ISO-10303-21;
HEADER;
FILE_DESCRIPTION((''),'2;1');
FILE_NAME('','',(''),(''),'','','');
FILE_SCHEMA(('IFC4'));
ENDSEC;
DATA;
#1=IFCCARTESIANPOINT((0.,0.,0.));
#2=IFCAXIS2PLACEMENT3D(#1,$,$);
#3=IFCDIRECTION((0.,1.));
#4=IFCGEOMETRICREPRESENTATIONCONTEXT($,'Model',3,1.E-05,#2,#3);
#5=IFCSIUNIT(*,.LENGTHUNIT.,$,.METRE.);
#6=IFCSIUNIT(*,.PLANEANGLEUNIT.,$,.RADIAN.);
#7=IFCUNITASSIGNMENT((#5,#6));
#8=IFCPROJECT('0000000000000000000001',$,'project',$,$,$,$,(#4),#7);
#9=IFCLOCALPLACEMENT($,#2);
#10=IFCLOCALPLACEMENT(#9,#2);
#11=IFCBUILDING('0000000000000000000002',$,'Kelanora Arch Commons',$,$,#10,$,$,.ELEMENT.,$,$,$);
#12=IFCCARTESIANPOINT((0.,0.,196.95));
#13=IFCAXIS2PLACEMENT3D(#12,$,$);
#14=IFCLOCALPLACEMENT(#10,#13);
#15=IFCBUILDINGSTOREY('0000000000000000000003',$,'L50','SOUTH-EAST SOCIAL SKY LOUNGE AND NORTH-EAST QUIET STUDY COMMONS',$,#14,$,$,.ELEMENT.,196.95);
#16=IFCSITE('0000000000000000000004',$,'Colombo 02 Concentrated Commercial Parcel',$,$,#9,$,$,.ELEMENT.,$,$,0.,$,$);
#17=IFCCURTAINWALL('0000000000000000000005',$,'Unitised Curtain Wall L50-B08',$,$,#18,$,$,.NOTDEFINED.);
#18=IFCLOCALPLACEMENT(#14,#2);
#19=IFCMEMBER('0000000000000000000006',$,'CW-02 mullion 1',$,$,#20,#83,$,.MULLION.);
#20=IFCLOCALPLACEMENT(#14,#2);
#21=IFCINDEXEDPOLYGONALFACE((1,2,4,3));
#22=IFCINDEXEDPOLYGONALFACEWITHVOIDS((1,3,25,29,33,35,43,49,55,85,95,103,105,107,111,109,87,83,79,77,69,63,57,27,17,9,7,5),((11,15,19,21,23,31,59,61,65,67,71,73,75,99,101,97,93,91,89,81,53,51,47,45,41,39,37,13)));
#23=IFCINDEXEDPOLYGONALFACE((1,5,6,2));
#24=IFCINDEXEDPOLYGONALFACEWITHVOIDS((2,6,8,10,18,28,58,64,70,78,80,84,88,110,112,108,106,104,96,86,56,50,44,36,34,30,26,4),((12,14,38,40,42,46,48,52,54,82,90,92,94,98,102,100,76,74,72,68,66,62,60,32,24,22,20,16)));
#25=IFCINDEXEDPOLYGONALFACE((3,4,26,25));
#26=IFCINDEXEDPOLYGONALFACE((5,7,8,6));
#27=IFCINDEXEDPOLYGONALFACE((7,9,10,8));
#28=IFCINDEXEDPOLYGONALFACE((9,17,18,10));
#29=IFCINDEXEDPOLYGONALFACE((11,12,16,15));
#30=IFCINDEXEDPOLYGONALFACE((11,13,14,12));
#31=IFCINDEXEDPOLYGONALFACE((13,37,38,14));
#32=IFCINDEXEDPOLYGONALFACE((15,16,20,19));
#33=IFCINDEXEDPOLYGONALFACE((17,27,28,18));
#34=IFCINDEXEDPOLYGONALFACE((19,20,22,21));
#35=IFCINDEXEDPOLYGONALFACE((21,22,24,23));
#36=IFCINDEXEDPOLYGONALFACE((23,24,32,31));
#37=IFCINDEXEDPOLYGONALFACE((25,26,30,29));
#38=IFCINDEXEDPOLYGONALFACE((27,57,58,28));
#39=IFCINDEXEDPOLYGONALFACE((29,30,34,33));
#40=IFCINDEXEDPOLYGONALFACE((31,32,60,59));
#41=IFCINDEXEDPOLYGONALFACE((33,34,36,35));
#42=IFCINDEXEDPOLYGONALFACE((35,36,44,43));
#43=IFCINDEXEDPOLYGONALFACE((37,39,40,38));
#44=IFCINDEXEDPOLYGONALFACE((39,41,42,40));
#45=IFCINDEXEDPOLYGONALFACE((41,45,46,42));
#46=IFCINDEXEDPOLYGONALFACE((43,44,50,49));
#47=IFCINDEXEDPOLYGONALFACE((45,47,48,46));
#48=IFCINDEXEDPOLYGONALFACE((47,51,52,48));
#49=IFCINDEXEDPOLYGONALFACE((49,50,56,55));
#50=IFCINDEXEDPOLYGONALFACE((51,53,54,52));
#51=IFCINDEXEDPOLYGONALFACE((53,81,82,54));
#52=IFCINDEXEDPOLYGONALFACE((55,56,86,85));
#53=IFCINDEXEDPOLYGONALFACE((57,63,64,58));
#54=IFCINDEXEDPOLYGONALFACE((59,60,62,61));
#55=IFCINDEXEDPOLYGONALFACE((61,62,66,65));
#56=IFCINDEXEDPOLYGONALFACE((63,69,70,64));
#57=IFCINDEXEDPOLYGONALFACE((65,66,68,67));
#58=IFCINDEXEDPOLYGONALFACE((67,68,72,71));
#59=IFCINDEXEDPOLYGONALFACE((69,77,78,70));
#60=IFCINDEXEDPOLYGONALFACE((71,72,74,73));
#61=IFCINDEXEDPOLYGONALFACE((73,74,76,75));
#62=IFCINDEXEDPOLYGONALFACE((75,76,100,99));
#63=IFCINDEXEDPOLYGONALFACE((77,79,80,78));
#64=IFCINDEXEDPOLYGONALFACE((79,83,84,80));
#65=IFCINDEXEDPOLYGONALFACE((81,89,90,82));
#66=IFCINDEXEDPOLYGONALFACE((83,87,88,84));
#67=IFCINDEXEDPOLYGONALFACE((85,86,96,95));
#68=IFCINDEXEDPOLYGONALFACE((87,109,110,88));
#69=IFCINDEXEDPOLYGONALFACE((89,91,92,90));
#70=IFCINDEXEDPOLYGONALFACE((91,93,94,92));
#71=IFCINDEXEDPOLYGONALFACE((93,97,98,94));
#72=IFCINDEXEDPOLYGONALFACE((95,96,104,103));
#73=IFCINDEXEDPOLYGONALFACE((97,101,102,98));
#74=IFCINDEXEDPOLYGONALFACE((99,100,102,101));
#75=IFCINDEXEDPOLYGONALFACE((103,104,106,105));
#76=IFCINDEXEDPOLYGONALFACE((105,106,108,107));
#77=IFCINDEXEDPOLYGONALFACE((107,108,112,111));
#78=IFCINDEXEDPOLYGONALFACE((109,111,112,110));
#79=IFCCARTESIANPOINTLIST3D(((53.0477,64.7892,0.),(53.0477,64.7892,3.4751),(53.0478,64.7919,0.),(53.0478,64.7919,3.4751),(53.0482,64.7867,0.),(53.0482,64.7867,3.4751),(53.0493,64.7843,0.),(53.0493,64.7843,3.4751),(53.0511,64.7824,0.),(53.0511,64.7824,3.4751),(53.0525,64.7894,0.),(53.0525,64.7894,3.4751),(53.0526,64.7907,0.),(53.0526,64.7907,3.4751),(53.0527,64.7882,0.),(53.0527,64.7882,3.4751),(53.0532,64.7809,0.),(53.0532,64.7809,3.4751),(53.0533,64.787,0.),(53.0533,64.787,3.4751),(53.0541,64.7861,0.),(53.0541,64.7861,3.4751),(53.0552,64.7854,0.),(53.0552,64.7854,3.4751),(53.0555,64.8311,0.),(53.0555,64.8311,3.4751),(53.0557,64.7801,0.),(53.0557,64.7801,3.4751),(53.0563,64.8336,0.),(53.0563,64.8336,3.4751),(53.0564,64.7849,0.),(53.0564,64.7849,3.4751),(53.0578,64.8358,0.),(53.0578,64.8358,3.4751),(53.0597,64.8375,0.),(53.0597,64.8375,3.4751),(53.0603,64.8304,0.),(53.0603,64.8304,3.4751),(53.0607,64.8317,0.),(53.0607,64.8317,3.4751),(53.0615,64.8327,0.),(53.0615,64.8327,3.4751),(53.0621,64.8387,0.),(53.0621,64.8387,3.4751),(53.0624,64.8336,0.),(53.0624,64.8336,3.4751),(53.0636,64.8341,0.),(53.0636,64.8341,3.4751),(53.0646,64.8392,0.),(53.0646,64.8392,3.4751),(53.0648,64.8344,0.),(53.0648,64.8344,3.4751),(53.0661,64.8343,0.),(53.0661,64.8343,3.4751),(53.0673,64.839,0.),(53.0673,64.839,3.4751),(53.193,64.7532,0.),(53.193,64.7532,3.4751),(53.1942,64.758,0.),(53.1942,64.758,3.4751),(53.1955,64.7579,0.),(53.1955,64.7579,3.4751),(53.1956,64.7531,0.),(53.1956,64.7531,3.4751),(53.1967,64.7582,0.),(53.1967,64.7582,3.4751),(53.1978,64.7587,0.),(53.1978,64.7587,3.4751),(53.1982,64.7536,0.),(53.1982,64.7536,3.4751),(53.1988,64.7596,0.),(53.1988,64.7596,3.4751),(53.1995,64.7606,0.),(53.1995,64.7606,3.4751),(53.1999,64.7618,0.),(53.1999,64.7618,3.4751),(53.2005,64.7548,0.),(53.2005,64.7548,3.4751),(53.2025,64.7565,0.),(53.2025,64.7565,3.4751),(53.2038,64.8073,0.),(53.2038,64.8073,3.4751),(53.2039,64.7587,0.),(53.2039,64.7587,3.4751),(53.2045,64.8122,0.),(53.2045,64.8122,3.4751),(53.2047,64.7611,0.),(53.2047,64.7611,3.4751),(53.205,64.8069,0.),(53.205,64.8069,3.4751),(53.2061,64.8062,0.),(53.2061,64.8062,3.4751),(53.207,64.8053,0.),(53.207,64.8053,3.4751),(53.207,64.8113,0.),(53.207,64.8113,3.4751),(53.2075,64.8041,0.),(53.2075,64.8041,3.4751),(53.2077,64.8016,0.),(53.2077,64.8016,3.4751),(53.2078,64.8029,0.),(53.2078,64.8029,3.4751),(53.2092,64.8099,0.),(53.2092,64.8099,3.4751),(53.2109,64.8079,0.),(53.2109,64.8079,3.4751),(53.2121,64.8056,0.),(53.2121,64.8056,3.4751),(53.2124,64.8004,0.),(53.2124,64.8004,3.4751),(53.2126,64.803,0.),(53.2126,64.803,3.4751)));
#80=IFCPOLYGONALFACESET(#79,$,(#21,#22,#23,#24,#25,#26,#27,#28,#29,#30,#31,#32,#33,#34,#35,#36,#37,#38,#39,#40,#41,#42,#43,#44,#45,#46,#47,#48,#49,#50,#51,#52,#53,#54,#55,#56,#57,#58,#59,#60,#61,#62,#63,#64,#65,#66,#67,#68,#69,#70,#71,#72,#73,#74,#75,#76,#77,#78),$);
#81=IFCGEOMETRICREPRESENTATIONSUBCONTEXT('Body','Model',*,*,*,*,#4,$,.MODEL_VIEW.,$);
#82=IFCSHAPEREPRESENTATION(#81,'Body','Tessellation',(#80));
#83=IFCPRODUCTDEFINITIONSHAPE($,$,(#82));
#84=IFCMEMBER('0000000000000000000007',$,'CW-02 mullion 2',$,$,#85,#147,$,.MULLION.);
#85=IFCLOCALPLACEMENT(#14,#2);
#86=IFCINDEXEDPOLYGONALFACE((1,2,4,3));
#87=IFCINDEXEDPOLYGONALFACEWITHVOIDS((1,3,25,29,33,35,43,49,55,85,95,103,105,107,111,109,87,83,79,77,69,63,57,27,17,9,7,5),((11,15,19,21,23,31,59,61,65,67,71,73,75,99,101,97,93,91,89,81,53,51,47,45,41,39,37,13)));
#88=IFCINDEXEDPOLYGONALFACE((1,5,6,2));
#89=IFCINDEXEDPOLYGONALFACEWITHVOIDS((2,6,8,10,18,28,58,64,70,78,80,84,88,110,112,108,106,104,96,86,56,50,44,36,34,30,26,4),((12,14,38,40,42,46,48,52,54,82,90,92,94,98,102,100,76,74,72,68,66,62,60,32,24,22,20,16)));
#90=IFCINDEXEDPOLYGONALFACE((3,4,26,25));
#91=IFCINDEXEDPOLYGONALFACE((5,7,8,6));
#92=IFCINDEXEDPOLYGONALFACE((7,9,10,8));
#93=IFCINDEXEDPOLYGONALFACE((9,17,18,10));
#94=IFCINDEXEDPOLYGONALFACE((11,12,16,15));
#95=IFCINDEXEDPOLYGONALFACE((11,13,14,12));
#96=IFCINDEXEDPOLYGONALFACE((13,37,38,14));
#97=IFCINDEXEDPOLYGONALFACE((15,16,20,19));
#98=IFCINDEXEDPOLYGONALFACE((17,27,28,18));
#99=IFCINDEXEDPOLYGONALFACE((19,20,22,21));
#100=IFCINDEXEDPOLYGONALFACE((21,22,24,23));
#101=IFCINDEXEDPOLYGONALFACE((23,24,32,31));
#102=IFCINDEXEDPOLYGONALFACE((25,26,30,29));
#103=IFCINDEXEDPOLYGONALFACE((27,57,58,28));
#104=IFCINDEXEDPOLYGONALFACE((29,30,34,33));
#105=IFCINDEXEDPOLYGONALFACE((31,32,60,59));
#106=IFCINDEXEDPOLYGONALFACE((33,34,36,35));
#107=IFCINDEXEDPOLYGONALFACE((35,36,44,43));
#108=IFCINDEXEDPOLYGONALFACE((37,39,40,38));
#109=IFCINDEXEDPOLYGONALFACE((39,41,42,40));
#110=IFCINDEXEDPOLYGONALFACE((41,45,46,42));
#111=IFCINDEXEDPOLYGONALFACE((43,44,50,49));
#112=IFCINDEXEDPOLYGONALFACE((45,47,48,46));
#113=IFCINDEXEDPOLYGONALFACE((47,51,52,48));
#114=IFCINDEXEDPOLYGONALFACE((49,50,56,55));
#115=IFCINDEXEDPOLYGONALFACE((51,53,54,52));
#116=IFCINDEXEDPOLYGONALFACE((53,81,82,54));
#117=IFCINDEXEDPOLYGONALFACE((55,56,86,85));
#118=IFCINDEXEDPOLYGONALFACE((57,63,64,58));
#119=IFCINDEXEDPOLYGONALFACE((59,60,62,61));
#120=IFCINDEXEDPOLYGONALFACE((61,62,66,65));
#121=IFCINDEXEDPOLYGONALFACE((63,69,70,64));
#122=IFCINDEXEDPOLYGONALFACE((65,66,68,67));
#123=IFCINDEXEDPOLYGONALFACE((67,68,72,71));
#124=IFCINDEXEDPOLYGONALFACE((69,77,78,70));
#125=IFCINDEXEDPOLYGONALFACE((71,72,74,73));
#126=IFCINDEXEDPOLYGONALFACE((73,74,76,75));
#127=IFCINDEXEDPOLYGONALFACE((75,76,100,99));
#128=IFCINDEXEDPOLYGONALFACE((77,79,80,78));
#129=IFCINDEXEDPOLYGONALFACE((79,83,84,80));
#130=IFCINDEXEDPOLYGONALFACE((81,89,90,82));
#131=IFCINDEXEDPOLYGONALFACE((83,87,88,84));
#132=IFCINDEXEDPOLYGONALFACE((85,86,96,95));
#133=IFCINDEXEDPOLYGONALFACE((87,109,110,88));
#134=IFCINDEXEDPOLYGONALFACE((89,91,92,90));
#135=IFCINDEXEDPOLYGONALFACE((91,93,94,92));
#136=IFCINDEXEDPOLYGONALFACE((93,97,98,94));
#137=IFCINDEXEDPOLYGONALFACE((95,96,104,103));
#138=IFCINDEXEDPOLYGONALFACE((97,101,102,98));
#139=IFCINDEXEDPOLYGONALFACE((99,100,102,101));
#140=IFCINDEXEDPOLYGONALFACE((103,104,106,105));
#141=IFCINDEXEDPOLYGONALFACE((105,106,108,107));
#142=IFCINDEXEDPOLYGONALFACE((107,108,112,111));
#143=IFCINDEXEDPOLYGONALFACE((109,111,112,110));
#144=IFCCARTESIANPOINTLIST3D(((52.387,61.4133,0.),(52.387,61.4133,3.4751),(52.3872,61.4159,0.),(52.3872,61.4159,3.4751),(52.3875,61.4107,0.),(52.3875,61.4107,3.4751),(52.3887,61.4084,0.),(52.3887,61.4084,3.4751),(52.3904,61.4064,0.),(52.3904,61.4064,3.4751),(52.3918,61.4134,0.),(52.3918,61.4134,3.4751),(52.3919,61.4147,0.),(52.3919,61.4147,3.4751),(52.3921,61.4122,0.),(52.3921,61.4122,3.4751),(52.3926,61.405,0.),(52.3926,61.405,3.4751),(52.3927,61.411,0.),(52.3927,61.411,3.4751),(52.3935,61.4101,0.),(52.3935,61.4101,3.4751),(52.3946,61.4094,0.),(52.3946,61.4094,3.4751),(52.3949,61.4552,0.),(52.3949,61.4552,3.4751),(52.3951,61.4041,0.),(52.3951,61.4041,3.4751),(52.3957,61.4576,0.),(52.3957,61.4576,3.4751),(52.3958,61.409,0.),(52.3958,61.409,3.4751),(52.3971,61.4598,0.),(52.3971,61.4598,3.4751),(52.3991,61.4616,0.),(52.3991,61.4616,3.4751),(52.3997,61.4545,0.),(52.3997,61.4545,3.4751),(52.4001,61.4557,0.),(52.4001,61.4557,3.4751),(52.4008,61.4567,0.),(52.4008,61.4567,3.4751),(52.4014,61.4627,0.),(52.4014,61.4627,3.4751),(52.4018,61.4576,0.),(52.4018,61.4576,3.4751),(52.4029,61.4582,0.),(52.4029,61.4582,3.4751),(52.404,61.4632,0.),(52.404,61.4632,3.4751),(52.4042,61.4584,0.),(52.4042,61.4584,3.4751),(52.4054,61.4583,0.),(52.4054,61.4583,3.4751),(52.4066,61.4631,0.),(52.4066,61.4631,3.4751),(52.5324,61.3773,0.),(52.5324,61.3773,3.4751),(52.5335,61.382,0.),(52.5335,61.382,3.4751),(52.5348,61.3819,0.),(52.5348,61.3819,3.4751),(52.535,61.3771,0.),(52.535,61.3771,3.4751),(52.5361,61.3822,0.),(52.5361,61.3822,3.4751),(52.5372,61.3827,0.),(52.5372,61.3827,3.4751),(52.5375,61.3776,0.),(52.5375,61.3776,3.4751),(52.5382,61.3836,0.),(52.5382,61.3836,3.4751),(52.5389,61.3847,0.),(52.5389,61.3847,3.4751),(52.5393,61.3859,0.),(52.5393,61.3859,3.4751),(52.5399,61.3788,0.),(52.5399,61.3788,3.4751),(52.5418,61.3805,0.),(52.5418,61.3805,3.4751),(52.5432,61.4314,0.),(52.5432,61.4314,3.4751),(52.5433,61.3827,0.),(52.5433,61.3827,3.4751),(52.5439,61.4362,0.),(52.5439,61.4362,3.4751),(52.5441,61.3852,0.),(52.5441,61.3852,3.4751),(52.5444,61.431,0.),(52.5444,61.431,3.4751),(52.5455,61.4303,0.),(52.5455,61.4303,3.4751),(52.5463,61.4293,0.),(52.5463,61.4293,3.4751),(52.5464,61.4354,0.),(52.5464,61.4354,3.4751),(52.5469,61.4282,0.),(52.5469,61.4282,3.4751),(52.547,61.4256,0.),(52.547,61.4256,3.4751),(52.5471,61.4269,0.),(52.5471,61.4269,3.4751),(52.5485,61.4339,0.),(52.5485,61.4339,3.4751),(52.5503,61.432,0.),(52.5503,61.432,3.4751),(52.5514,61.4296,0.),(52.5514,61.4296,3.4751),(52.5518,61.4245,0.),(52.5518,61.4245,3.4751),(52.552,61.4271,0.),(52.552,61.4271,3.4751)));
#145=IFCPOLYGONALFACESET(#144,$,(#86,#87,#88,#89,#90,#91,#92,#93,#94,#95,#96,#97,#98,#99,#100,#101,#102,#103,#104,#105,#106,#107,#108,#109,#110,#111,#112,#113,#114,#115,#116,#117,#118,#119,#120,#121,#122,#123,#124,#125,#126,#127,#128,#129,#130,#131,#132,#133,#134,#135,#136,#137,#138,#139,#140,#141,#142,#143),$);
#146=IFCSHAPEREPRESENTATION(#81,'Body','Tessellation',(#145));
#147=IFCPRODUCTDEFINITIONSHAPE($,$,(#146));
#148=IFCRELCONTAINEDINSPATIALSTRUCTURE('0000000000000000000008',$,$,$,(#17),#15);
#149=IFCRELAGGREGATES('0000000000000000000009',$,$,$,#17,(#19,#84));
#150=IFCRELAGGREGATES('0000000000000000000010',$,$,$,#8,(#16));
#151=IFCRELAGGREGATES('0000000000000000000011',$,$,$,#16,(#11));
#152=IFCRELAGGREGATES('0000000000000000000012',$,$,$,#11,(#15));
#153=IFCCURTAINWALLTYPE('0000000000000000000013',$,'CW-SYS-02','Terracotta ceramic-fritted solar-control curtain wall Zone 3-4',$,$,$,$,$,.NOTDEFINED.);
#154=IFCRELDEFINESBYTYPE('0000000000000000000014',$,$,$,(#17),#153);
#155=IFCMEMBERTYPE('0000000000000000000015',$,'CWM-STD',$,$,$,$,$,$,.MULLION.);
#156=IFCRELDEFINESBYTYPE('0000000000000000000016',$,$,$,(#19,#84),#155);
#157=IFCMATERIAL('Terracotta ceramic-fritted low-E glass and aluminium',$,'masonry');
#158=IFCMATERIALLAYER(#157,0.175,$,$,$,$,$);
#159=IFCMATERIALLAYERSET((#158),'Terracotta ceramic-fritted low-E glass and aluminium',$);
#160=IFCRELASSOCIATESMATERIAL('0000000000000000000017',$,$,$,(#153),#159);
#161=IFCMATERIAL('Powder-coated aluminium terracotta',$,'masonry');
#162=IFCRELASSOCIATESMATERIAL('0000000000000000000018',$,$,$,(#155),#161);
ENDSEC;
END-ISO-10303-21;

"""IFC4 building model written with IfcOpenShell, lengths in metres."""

from ifc_helpers import new_model, si_unit, direction, frame, origin, origin_2d, place, context, subcontext, project, spatial, hollow_rectangle, extrude, material, layer, layer_set, material_profile, profile_set, type_object, element, aggregate, save


model = new_model("IFC4")

# Units and contexts
model_context = context("Model", 3, precision=1e-05, world=origin(), true_north=direction((0.0, 1.0)))
body_context = subcontext(model_context, "Body", "Model", "MODEL_VIEW")
ifc_project = project(units=[si_unit("LENGTHUNIT", "METRE"), si_unit("PLANEANGLEUNIT", "RADIAN")], contexts=[model_context])

# Site, building, storey
site_placement = place(None, origin())
site = spatial("IfcSite", under=ifc_project, at=site_placement, Name="Colombo 02 Concentrated Commercial Parcel", CompositionType="ELEMENT", RefElevation=0.0)
building_placement = place(site_placement, origin())
building = spatial("IfcBuilding", under=site, at=building_placement, Name="Kelanora Arch Commons", CompositionType="ELEMENT")
storey_placement = place(building_placement, frame((0.0, 0.0, 196.95)))
storey = spatial("IfcBuildingStorey", under=building, at=storey_placement, Name="L50", Description="SOUTH-EAST SOCIAL SKY LOUNGE AND NORTH-EAST QUIET STUDY COMMONS", CompositionType="ELEMENT", Elevation=196.95)

# Curtain wall, members
ifc_material_1 = material(Name="Terracotta ceramic-fritted low-E glass and aluminium", Category="masonry")
ifc_layer_1 = layer(ifc_material_1, 0.175)
ifc_layer_set_1 = layer_set([ifc_layer_1], Name="Terracotta ceramic-fritted low-E glass and aluminium")
curtain_wall_type = type_object("IfcCurtainWallType", Name="CW-SYS-02", Description="Terracotta ceramic-fritted solar-control curtain wall Zone 3-4", PredefinedType="NOTDEFINED", material=ifc_layer_set_1)
curtain_wall_placement = place(storey_placement, origin())
curtain_wall = element("IfcCurtainWall", 1, at=curtain_wall_placement, inside=storey, type_object=curtain_wall_type, Name="Unitised Curtain Wall L50-B08", PredefinedType="NOTDEFINED")
ifc_material_2 = material(Name="Powder-coated aluminium terracotta", Category="masonry")
ifc_material_profile_1 = material_profile(ifc_material_2, hollow_rectangle(XDim=0.1599, YDim=0.0601, WallThickness=0.0049, InnerFilletRadius=0.0049, OuterFilletRadius=0.01, at=origin_2d()), Name="CWM160x60")
ifc_profile_set_1 = profile_set([ifc_material_profile_1], Name="Powder-coated aluminium terracotta")
member_type_1 = type_object("IfcMemberType", Name="CWM-STD", PredefinedType="MULLION", material=ifc_profile_set_1)
member_1_placement = place(storey_placement, frame((53.1301, 64.7961, 0.0), z_axis=(0.0, 0.0, 1.0), x_axis=(0.981381, -0.192069, 0.0)))
member_1 = element("IfcMember", 2, at=member_1_placement, type_object=member_type_1, Name="CW-02 mullion 1", PredefinedType="MULLION", context=body_context, shape_type="SweptSolid", body=[
    extrude(hollow_rectangle(XDim=0.1599, YDim=0.0601, WallThickness=0.0049, InnerFilletRadius=0.0049, OuterFilletRadius=0.01, at=origin_2d()), origin(), (0.0, 0.0, 1.0), 3.4751),
])
member_2_placement = place(storey_placement, frame((52.4695, 61.4202, 0.0), z_axis=(0.0, 0.0, 1.0), x_axis=(0.981381, -0.192069, 0.0)))
member_2 = element("IfcMember", 3, at=member_2_placement, type_object=member_type_1, Name="CW-02 mullion 2", PredefinedType="MULLION", context=body_context, shape_type="SweptSolid", body=[
    extrude(hollow_rectangle(XDim=0.1599, YDim=0.0601, WallThickness=0.0049, InnerFilletRadius=0.0049, OuterFilletRadius=0.01, at=origin_2d()), origin(), (0.0, 0.0, 1.0), 3.4751),
])
aggregate(curtain_wall, [member_1, member_2])

save(model, "model.ifc")
